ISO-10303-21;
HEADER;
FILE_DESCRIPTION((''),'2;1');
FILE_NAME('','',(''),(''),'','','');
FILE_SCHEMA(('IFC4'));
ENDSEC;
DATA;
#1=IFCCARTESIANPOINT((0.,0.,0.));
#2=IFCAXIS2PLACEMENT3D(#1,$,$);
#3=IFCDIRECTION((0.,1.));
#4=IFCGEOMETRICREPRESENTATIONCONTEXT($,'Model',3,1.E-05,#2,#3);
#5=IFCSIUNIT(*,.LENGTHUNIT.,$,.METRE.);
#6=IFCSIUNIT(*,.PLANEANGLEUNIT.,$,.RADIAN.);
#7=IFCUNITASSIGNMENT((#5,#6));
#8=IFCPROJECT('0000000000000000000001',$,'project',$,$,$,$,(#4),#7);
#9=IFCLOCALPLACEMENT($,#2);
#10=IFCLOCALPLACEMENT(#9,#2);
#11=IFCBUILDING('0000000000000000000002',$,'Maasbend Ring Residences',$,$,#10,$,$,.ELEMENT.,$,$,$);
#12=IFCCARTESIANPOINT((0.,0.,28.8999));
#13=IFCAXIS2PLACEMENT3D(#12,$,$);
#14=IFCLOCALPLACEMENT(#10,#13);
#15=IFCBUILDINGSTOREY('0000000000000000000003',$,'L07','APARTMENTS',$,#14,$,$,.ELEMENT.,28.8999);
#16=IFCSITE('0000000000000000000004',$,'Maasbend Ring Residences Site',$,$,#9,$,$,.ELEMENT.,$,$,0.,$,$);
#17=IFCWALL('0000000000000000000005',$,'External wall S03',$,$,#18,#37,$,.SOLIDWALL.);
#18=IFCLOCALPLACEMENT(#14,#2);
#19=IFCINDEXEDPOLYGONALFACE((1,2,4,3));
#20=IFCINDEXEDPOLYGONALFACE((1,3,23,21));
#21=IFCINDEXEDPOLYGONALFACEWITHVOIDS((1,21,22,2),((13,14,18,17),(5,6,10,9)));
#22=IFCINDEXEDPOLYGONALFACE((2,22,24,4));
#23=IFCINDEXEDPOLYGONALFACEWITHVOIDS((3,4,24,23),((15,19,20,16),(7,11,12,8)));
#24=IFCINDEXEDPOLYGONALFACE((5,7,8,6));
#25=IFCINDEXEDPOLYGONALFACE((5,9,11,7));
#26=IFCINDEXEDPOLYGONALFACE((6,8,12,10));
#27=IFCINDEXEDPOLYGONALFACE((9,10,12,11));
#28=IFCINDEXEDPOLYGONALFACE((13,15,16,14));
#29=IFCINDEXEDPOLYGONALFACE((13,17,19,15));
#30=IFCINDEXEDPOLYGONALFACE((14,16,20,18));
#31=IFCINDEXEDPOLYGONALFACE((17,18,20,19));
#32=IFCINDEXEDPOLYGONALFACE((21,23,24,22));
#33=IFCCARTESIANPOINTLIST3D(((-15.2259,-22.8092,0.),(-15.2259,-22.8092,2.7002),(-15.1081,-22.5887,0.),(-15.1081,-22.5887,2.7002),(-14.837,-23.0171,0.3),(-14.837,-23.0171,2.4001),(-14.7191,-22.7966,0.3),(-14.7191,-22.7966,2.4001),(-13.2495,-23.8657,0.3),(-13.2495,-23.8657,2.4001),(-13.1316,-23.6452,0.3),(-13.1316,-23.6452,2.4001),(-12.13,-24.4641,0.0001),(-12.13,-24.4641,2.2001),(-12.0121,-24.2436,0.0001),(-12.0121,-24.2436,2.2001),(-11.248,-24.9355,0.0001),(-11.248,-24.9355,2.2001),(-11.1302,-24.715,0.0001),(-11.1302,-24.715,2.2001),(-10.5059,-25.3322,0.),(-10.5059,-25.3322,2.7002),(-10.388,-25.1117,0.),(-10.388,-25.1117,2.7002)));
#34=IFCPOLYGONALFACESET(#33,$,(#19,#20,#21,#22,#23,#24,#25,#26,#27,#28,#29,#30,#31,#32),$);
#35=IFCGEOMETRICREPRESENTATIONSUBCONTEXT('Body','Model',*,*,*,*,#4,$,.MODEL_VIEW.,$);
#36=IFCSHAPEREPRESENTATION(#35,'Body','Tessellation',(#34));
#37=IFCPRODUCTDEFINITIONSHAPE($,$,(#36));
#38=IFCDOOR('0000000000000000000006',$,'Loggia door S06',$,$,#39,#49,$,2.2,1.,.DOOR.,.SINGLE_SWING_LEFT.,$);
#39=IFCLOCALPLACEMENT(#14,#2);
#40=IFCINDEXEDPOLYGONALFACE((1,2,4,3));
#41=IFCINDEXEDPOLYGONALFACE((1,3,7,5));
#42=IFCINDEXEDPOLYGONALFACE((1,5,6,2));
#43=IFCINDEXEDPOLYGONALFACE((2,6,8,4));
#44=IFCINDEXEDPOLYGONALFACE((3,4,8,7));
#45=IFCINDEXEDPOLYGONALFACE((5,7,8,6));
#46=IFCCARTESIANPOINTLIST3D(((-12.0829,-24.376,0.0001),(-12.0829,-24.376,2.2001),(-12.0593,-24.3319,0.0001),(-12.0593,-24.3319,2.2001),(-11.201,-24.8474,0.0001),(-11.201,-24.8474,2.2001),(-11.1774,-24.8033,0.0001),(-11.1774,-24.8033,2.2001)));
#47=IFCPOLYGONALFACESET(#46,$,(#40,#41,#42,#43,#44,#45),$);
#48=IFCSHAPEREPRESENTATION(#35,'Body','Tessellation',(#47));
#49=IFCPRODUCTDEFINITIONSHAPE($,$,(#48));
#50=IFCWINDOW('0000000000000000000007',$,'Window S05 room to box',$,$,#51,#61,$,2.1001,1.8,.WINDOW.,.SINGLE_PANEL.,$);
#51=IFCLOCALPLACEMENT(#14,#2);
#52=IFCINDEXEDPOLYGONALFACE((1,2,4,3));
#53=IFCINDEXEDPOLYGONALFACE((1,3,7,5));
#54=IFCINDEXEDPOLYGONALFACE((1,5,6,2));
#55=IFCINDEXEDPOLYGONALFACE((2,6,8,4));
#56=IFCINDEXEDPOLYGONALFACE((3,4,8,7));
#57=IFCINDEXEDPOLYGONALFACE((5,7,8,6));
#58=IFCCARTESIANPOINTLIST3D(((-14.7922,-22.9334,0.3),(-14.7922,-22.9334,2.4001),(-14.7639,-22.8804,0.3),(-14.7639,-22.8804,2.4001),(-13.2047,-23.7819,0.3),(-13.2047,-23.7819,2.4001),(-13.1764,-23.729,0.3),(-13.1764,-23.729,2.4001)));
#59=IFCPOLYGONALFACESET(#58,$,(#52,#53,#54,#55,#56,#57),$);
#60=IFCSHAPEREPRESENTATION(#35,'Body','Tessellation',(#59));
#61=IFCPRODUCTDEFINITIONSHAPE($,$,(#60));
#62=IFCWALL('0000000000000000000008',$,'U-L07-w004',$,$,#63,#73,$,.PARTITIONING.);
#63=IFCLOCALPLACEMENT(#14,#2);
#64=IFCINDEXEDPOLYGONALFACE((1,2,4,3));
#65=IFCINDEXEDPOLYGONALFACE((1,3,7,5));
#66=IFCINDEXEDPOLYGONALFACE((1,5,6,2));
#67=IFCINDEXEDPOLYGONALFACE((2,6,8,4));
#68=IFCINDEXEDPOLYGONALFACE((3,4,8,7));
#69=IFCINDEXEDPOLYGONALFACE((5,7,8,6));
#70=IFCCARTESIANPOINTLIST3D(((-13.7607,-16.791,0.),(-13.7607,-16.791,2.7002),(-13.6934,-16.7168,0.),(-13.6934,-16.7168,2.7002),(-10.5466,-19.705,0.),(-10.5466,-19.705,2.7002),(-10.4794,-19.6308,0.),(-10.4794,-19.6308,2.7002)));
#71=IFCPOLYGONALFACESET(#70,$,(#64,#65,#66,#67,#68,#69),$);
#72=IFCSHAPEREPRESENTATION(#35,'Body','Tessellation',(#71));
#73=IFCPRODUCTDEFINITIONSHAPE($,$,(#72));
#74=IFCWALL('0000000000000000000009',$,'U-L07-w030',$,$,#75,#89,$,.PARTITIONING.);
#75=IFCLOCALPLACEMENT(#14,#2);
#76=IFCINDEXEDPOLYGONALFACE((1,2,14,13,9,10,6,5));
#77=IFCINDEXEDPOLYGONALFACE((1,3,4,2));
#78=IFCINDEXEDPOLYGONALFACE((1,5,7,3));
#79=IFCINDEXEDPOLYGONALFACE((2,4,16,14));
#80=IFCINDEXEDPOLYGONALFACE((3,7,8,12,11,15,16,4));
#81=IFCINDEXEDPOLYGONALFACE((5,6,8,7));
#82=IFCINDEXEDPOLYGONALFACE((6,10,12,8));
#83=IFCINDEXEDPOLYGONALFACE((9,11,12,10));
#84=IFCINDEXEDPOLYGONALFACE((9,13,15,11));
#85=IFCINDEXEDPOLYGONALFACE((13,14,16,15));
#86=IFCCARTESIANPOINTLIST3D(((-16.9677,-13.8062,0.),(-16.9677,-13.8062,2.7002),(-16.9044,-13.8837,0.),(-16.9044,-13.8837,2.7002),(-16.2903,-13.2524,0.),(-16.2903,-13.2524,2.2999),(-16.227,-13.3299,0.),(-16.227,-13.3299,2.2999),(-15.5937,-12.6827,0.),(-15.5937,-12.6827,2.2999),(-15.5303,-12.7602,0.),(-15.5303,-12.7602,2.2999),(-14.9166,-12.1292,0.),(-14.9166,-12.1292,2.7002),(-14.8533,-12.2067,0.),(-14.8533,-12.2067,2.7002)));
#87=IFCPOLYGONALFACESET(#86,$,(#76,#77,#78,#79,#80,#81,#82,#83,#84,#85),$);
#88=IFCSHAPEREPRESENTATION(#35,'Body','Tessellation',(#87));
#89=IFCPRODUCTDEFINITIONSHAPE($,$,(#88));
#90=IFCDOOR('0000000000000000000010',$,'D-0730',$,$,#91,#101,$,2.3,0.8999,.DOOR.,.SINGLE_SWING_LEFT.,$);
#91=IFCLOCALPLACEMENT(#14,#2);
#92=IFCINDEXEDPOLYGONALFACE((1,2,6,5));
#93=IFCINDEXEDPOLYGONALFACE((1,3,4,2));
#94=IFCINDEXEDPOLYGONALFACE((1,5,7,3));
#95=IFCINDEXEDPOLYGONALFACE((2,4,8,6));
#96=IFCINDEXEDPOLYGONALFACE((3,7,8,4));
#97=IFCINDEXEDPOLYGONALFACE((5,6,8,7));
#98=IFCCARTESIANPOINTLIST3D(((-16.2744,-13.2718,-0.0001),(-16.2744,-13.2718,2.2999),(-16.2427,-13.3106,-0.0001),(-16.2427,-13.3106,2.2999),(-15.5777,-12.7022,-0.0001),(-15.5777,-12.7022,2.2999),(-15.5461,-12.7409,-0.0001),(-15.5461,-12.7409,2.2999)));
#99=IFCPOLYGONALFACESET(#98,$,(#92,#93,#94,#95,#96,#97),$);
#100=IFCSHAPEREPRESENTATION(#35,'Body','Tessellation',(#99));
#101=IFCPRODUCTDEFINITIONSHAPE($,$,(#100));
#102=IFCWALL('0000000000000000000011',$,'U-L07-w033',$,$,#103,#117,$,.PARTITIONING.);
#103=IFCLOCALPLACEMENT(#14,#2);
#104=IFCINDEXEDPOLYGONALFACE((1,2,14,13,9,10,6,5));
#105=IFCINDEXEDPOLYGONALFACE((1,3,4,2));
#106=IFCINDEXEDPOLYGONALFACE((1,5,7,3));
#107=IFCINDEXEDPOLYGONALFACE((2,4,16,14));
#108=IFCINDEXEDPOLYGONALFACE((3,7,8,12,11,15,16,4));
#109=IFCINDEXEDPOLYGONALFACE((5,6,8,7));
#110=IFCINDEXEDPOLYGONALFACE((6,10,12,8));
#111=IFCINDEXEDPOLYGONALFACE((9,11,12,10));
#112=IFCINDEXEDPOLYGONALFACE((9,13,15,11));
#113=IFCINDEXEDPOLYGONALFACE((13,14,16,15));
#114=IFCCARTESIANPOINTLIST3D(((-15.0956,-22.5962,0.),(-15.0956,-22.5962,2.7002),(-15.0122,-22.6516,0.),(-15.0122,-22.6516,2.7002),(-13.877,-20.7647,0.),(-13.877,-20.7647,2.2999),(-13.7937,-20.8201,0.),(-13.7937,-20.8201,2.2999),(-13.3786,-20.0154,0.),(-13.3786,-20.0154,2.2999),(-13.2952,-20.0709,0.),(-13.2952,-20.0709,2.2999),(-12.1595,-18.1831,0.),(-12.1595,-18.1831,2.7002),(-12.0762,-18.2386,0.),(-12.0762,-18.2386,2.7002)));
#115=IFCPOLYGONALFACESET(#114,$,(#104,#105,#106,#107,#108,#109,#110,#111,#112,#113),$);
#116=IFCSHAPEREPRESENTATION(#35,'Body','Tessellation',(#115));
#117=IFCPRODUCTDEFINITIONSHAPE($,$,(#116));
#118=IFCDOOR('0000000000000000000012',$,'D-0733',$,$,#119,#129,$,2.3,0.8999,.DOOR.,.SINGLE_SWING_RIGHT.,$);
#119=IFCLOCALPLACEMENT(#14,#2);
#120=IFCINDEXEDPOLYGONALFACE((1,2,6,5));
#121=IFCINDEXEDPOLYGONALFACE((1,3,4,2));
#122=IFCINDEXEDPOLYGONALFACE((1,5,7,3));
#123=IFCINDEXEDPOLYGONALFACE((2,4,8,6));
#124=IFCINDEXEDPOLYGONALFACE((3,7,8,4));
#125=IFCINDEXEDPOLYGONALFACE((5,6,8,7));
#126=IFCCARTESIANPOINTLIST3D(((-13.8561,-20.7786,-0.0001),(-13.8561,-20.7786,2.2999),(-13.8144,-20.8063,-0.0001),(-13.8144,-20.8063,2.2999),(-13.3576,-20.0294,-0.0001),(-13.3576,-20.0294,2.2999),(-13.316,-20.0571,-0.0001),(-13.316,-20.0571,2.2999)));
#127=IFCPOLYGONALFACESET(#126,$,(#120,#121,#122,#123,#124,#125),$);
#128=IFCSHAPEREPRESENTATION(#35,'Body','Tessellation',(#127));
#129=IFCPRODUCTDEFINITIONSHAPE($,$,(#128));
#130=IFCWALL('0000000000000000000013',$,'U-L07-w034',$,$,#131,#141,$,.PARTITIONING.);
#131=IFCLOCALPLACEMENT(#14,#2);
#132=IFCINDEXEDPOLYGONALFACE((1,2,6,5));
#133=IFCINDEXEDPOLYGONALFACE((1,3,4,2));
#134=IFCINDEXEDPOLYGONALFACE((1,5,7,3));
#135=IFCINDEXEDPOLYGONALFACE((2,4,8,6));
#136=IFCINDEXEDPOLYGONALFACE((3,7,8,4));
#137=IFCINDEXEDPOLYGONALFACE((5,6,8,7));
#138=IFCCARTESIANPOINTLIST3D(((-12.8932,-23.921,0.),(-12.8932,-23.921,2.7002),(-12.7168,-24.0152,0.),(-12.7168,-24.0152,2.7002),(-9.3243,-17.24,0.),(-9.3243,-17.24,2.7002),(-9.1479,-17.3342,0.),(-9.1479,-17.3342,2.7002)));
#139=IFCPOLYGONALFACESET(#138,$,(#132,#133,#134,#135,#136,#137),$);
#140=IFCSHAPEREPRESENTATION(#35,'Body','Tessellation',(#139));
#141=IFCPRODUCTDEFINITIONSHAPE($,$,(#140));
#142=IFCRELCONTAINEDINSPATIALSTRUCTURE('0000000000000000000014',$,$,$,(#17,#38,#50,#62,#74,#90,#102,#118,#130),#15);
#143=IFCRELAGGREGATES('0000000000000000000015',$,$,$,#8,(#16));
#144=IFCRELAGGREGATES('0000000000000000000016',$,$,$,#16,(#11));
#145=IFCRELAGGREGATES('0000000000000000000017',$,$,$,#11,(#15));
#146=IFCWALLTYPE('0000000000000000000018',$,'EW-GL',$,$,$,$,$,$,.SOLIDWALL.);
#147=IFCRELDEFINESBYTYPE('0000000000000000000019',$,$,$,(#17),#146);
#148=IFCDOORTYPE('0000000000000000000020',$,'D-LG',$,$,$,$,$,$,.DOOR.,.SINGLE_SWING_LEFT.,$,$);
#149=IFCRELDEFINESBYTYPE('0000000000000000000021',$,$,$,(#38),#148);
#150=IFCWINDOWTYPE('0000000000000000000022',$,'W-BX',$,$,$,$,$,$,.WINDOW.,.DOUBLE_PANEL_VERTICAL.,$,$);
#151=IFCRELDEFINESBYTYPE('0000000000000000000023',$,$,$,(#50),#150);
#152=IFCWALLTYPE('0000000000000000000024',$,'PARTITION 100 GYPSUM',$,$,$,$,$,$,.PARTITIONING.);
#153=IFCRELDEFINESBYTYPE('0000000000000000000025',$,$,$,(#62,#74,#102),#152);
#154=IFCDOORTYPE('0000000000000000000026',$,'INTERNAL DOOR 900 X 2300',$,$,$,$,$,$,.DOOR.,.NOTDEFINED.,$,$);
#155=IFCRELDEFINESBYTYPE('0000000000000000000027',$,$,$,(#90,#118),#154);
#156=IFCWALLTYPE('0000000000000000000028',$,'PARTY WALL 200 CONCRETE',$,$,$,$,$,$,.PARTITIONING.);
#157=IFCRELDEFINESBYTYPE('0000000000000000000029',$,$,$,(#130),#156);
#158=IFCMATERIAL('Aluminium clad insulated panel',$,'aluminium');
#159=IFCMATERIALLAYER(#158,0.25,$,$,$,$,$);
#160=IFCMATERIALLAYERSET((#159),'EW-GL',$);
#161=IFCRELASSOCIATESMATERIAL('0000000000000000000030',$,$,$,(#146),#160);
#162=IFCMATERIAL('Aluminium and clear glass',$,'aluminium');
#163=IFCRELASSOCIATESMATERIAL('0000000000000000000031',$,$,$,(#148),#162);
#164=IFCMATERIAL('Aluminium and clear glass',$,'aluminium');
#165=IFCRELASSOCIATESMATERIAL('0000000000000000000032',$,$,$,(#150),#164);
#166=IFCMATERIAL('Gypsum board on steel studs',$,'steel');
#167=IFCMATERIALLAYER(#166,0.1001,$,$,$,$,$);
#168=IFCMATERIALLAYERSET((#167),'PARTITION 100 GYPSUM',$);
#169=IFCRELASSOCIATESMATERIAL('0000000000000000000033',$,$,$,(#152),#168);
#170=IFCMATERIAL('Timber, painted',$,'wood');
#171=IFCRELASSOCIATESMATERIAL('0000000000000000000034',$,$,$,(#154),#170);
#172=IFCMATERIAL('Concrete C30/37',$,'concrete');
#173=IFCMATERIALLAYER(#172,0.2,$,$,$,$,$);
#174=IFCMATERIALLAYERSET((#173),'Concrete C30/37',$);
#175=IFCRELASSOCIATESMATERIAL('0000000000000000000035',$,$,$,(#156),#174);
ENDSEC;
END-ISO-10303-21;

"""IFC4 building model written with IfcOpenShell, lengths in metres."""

from ifc_helpers import new_model, si_unit, direction, frame, frame_2d, origin, place, context, subcontext, project, spatial, rectangle, extrude, material, layer, layer_set, type_object, element, fill, save


model = new_model("IFC4")

# Units and contexts
model_context = context("Model", 3, precision=1e-05, world=origin(), true_north=direction((0.0, 1.0)))
body_context = subcontext(model_context, "Body", "Model", "MODEL_VIEW")
ifc_project = project(units=[si_unit("LENGTHUNIT", "METRE"), si_unit("PLANEANGLEUNIT", "RADIAN")], contexts=[model_context])

# Site, building, storey
site_placement = place(None, origin())
site = spatial("IfcSite", under=ifc_project, at=site_placement, Name="Maasbend Ring Residences Site", CompositionType="ELEMENT", RefElevation=0.0)
building_placement = place(site_placement, origin())
building = spatial("IfcBuilding", under=site, at=building_placement, Name="Maasbend Ring Residences", CompositionType="ELEMENT")
storey_placement = place(building_placement, frame((0.0, 0.0, 28.8999)))
storey = spatial("IfcBuildingStorey", under=building, at=storey_placement, Name="L07", Description="APARTMENTS", CompositionType="ELEMENT", Elevation=28.8999)

# Wall, openings, door, window
ifc_material_1 = material(Name="Aluminium clad insulated panel", Category="aluminium")
ifc_layer_1 = layer(ifc_material_1, 0.25)
ifc_layer_set_1 = layer_set([ifc_layer_1], Name="EW-GL")
wall_type_1 = type_object("IfcWallType", Name="EW-GL", PredefinedType="SOLIDWALL", material=ifc_layer_set_1)
wall_1_placement = place(storey_placement, frame((-15.167, -22.699, 0.0), z_axis=(0.0, 0.0, 1.0), x_axis=(0.881916, -0.471407, 0.0)))
wall_1 = element("IfcWall", 1, at=wall_1_placement, inside=storey, type_object=wall_type_1, Name="External wall S03", PredefinedType="SOLIDWALL", context=body_context, shape_type="SweptSolid", body=[
    extrude(rectangle(XDim=5.3521, YDim=0.25, at=frame_2d((2.676, 0.0))), origin(), (0.0, 0.0, 1.0), 2.7002),
])
opening_1_placement = place(wall_1_placement, frame((0.4412, 0.0, 0.3)))
opening_1 = element("IfcOpeningElement", 2, at=opening_1_placement, cuts=wall_1, PredefinedType="OPENING", context=body_context, shape_type="SweptSolid", body=[
    extrude(rectangle(XDim=1.8, YDim=2.1001, at=frame_2d((0.8999, 1.05))), frame((0.0, 0.135, 0.0), z_axis=(0.0, -1.0, 0.0), x_axis=(1.0, 0.0, 0.0)), (0.0, 0.0, 1.0), 0.27),
])
opening_2_placement = place(wall_1_placement, frame((3.5105, 0.0, 0.0)))
opening_2 = element("IfcOpeningElement", 3, at=opening_2_placement, cuts=wall_1, PredefinedType="OPENING", context=body_context, shape_type="SweptSolid", body=[
    extrude(rectangle(XDim=1.0, YDim=2.2, at=frame_2d((0.5, 1.1001))), frame((0.0, 0.135, 0.0), z_axis=(0.0, -1.0, 0.0), x_axis=(1.0, 0.0, 0.0)), (0.0, 0.0, 1.0), 0.27),
])
ifc_material_2 = material(Name="Aluminium and clear glass", Category="aluminium")
door_type_1 = type_object("IfcDoorType", Name="D-LG", OperationType="SINGLE_SWING_LEFT", PredefinedType="DOOR", material=ifc_material_2)
door_1_placement = place(opening_2_placement, origin())
door_1 = element("IfcDoor", 4, at=door_1_placement, inside=storey, type_object=door_type_1, Name="Loggia door S06", OperationType="SINGLE_SWING_LEFT", OverallHeight=2.2, OverallWidth=1.0, PredefinedType="DOOR", context=body_context, shape_type="SweptSolid", body=[
    extrude(rectangle(XDim=1.0, YDim=2.2, at=frame_2d((0.5, 1.1001))), frame((0.0, 0.0249, 0.0), z_axis=(0.0, -1.0, 0.0), x_axis=(1.0, 0.0, 0.0)), (0.0, 0.0, 1.0), 0.05),
])
fill(opening_2, door_1)
ifc_material_3 = material(Name="Aluminium and clear glass", Category="aluminium")
window_type_1 = type_object("IfcWindowType", Name="W-BX", PartitioningType="DOUBLE_PANEL_VERTICAL", PredefinedType="WINDOW", material=ifc_material_3)
window_1_placement = place(opening_1_placement, origin())
window_1 = element("IfcWindow", 5, at=window_1_placement, inside=storey, type_object=window_type_1, Name="Window S05 room to box", OverallHeight=2.1001, OverallWidth=1.8, PartitioningType="SINGLE_PANEL", PredefinedType="WINDOW", context=body_context, shape_type="SweptSolid", body=[
    extrude(rectangle(XDim=1.8, YDim=2.1001, at=frame_2d((0.8999, 1.05))), frame((0.0, 0.03, 0.0), z_axis=(0.0, -1.0, 0.0), x_axis=(1.0, 0.0, 0.0)), (0.0, 0.0, 1.0), 0.0601),
])
fill(opening_1, window_1)

# Wall
ifc_material_4 = material(Name="Gypsum board on steel studs", Category="steel")
ifc_layer_2 = layer(ifc_material_4, 0.1001)
ifc_layer_set_2 = layer_set([ifc_layer_2], Name="PARTITION 100 GYPSUM")
wall_type_2 = type_object("IfcWallType", Name="PARTITION 100 GYPSUM", PredefinedType="PARTITIONING", material=ifc_layer_set_2)
wall_2_placement = place(storey_placement, frame((-13.7271, -16.7539, 0.0), z_axis=(0.0, 0.0, 1.0), x_axis=(0.740841, -0.671681, 0.0)))
element("IfcWall", 6, at=wall_2_placement, inside=storey, type_object=wall_type_2, Name="U-L07-w004", PredefinedType="PARTITIONING", context=body_context, shape_type="SweptSolid", body=[
    extrude(rectangle(XDim=4.3384, YDim=0.1001, at=frame_2d((2.1692, 0.0))), origin(), (0.0, 0.0, 1.0), 2.7002),
])

# Walls, openings, doors
wall_3_placement = place(storey_placement, frame((-16.936, -13.845, 0.0), z_axis=(0.0, 0.0, 1.0), x_axis=(0.774163, 0.632987, 0.0)))
wall_3 = element("IfcWall", 7, at=wall_3_placement, inside=storey, type_object=wall_type_2, Name="U-L07-w030", PredefinedType="PARTITIONING", context=body_context, shape_type="SweptSolid", body=[
    extrude(rectangle(XDim=2.6494, YDim=0.1001, at=frame_2d((1.3247, 0.0))), origin(), (0.0, 0.0, 1.0), 2.7002),
])
opening_3_placement = place(wall_3_placement, frame((0.875, 0.0, 0.0)))
opening_3 = element("IfcOpeningElement", 8, at=opening_3_placement, cuts=wall_3, PredefinedType="OPENING", context=body_context, shape_type="SweptSolid", body=[
    extrude(rectangle(XDim=0.8999, YDim=2.3, at=frame_2d((0.45, 1.1499))), frame((0.0, 0.0601, 0.0), z_axis=(0.0, -1.0, 0.0), x_axis=(1.0, 0.0, 0.0)), (0.0, 0.0, 1.0), 0.1201),
])
ifc_material_5 = material(Name="Timber, painted", Category="wood")
door_type_2 = type_object("IfcDoorType", Name="INTERNAL DOOR 900 X 2300", OperationType="NOTDEFINED", PredefinedType="DOOR", material=ifc_material_5)
door_2_placement = place(opening_3_placement, origin())
door_2 = element("IfcDoor", 9, at=door_2_placement, inside=storey, type_object=door_type_2, Name="D-0730", OperationType="SINGLE_SWING_LEFT", OverallHeight=2.3, OverallWidth=0.8999, PredefinedType="DOOR", context=body_context, shape_type="SweptSolid", body=[
    extrude(rectangle(XDim=0.8999, YDim=2.3, at=frame_2d((0.45, 1.1499))), frame((0.0, 0.0249, 0.0), z_axis=(0.0, -1.0, 0.0), x_axis=(1.0, 0.0, 0.0)), (0.0, 0.0, 1.0), 0.05),
])
fill(opening_3, door_2)
wall_4_placement = place(storey_placement, frame((-15.054, -22.624, 0.0), z_axis=(0.0, 0.0, 1.0), x_axis=(0.553913, 0.832574, 0.0)))
wall_4 = element("IfcWall", 10, at=wall_4_placement, inside=storey, type_object=wall_type_2, Name="U-L07-w033", PredefinedType="PARTITIONING", context=body_context, shape_type="SweptSolid", body=[
    extrude(rectangle(XDim=5.3005, YDim=0.1001, at=frame_2d((2.6504, 0.0))), origin(), (0.0, 0.0, 1.0), 2.7002),
])
opening_4_placement = place(wall_4_placement, frame((2.2, 0.0, 0.0)))
opening_4 = element("IfcOpeningElement", 11, at=opening_4_placement, cuts=wall_4, PredefinedType="OPENING", context=body_context, shape_type="SweptSolid", body=[
    extrude(rectangle(XDim=0.8999, YDim=2.3, at=frame_2d((0.45, 1.1499))), frame((0.0, 0.0601, 0.0), z_axis=(0.0, -1.0, 0.0), x_axis=(1.0, 0.0, 0.0)), (0.0, 0.0, 1.0), 0.1201),
])
door_3_placement = place(opening_4_placement, origin())
door_3 = element("IfcDoor", 12, at=door_3_placement, inside=storey, type_object=door_type_2, Name="D-0733", OperationType="SINGLE_SWING_RIGHT", OverallHeight=2.3, OverallWidth=0.8999, PredefinedType="DOOR", context=body_context, shape_type="SweptSolid", body=[
    extrude(rectangle(XDim=0.8999, YDim=2.3, at=frame_2d((0.45, 1.1499))), frame((0.0, 0.0249, 0.0), z_axis=(0.0, -1.0, 0.0), x_axis=(1.0, 0.0, 0.0)), (0.0, 0.0, 1.0), 0.05),
])
fill(opening_4, door_3)

# Wall
ifc_material_6 = material(Name="Concrete C30/37", Category="concrete")
ifc_layer_3 = layer(ifc_material_6, 0.2)
ifc_layer_set_3 = layer_set([ifc_layer_3], Name="Concrete C30/37")
wall_type_3 = type_object("IfcWallType", Name="PARTY WALL 200 CONCRETE", PredefinedType="PARTITIONING", material=ifc_layer_set_3)
wall_5_placement = place(storey_placement, frame((-12.8049, -23.968, 0.0), z_axis=(0.0, 0.0, 1.0), x_axis=(0.471174, 0.88204, 0.0)))
element("IfcWall", 13, at=wall_5_placement, inside=storey, type_object=wall_type_3, Name="U-L07-w034", PredefinedType="PARTITIONING", context=body_context, shape_type="SweptSolid", body=[
    extrude(rectangle(XDim=7.5745, YDim=0.2, at=frame_2d((3.7871, 0.0))), origin(), (0.0, 0.0, 1.0), 2.7002),
])

save(model, "model.ifc")
